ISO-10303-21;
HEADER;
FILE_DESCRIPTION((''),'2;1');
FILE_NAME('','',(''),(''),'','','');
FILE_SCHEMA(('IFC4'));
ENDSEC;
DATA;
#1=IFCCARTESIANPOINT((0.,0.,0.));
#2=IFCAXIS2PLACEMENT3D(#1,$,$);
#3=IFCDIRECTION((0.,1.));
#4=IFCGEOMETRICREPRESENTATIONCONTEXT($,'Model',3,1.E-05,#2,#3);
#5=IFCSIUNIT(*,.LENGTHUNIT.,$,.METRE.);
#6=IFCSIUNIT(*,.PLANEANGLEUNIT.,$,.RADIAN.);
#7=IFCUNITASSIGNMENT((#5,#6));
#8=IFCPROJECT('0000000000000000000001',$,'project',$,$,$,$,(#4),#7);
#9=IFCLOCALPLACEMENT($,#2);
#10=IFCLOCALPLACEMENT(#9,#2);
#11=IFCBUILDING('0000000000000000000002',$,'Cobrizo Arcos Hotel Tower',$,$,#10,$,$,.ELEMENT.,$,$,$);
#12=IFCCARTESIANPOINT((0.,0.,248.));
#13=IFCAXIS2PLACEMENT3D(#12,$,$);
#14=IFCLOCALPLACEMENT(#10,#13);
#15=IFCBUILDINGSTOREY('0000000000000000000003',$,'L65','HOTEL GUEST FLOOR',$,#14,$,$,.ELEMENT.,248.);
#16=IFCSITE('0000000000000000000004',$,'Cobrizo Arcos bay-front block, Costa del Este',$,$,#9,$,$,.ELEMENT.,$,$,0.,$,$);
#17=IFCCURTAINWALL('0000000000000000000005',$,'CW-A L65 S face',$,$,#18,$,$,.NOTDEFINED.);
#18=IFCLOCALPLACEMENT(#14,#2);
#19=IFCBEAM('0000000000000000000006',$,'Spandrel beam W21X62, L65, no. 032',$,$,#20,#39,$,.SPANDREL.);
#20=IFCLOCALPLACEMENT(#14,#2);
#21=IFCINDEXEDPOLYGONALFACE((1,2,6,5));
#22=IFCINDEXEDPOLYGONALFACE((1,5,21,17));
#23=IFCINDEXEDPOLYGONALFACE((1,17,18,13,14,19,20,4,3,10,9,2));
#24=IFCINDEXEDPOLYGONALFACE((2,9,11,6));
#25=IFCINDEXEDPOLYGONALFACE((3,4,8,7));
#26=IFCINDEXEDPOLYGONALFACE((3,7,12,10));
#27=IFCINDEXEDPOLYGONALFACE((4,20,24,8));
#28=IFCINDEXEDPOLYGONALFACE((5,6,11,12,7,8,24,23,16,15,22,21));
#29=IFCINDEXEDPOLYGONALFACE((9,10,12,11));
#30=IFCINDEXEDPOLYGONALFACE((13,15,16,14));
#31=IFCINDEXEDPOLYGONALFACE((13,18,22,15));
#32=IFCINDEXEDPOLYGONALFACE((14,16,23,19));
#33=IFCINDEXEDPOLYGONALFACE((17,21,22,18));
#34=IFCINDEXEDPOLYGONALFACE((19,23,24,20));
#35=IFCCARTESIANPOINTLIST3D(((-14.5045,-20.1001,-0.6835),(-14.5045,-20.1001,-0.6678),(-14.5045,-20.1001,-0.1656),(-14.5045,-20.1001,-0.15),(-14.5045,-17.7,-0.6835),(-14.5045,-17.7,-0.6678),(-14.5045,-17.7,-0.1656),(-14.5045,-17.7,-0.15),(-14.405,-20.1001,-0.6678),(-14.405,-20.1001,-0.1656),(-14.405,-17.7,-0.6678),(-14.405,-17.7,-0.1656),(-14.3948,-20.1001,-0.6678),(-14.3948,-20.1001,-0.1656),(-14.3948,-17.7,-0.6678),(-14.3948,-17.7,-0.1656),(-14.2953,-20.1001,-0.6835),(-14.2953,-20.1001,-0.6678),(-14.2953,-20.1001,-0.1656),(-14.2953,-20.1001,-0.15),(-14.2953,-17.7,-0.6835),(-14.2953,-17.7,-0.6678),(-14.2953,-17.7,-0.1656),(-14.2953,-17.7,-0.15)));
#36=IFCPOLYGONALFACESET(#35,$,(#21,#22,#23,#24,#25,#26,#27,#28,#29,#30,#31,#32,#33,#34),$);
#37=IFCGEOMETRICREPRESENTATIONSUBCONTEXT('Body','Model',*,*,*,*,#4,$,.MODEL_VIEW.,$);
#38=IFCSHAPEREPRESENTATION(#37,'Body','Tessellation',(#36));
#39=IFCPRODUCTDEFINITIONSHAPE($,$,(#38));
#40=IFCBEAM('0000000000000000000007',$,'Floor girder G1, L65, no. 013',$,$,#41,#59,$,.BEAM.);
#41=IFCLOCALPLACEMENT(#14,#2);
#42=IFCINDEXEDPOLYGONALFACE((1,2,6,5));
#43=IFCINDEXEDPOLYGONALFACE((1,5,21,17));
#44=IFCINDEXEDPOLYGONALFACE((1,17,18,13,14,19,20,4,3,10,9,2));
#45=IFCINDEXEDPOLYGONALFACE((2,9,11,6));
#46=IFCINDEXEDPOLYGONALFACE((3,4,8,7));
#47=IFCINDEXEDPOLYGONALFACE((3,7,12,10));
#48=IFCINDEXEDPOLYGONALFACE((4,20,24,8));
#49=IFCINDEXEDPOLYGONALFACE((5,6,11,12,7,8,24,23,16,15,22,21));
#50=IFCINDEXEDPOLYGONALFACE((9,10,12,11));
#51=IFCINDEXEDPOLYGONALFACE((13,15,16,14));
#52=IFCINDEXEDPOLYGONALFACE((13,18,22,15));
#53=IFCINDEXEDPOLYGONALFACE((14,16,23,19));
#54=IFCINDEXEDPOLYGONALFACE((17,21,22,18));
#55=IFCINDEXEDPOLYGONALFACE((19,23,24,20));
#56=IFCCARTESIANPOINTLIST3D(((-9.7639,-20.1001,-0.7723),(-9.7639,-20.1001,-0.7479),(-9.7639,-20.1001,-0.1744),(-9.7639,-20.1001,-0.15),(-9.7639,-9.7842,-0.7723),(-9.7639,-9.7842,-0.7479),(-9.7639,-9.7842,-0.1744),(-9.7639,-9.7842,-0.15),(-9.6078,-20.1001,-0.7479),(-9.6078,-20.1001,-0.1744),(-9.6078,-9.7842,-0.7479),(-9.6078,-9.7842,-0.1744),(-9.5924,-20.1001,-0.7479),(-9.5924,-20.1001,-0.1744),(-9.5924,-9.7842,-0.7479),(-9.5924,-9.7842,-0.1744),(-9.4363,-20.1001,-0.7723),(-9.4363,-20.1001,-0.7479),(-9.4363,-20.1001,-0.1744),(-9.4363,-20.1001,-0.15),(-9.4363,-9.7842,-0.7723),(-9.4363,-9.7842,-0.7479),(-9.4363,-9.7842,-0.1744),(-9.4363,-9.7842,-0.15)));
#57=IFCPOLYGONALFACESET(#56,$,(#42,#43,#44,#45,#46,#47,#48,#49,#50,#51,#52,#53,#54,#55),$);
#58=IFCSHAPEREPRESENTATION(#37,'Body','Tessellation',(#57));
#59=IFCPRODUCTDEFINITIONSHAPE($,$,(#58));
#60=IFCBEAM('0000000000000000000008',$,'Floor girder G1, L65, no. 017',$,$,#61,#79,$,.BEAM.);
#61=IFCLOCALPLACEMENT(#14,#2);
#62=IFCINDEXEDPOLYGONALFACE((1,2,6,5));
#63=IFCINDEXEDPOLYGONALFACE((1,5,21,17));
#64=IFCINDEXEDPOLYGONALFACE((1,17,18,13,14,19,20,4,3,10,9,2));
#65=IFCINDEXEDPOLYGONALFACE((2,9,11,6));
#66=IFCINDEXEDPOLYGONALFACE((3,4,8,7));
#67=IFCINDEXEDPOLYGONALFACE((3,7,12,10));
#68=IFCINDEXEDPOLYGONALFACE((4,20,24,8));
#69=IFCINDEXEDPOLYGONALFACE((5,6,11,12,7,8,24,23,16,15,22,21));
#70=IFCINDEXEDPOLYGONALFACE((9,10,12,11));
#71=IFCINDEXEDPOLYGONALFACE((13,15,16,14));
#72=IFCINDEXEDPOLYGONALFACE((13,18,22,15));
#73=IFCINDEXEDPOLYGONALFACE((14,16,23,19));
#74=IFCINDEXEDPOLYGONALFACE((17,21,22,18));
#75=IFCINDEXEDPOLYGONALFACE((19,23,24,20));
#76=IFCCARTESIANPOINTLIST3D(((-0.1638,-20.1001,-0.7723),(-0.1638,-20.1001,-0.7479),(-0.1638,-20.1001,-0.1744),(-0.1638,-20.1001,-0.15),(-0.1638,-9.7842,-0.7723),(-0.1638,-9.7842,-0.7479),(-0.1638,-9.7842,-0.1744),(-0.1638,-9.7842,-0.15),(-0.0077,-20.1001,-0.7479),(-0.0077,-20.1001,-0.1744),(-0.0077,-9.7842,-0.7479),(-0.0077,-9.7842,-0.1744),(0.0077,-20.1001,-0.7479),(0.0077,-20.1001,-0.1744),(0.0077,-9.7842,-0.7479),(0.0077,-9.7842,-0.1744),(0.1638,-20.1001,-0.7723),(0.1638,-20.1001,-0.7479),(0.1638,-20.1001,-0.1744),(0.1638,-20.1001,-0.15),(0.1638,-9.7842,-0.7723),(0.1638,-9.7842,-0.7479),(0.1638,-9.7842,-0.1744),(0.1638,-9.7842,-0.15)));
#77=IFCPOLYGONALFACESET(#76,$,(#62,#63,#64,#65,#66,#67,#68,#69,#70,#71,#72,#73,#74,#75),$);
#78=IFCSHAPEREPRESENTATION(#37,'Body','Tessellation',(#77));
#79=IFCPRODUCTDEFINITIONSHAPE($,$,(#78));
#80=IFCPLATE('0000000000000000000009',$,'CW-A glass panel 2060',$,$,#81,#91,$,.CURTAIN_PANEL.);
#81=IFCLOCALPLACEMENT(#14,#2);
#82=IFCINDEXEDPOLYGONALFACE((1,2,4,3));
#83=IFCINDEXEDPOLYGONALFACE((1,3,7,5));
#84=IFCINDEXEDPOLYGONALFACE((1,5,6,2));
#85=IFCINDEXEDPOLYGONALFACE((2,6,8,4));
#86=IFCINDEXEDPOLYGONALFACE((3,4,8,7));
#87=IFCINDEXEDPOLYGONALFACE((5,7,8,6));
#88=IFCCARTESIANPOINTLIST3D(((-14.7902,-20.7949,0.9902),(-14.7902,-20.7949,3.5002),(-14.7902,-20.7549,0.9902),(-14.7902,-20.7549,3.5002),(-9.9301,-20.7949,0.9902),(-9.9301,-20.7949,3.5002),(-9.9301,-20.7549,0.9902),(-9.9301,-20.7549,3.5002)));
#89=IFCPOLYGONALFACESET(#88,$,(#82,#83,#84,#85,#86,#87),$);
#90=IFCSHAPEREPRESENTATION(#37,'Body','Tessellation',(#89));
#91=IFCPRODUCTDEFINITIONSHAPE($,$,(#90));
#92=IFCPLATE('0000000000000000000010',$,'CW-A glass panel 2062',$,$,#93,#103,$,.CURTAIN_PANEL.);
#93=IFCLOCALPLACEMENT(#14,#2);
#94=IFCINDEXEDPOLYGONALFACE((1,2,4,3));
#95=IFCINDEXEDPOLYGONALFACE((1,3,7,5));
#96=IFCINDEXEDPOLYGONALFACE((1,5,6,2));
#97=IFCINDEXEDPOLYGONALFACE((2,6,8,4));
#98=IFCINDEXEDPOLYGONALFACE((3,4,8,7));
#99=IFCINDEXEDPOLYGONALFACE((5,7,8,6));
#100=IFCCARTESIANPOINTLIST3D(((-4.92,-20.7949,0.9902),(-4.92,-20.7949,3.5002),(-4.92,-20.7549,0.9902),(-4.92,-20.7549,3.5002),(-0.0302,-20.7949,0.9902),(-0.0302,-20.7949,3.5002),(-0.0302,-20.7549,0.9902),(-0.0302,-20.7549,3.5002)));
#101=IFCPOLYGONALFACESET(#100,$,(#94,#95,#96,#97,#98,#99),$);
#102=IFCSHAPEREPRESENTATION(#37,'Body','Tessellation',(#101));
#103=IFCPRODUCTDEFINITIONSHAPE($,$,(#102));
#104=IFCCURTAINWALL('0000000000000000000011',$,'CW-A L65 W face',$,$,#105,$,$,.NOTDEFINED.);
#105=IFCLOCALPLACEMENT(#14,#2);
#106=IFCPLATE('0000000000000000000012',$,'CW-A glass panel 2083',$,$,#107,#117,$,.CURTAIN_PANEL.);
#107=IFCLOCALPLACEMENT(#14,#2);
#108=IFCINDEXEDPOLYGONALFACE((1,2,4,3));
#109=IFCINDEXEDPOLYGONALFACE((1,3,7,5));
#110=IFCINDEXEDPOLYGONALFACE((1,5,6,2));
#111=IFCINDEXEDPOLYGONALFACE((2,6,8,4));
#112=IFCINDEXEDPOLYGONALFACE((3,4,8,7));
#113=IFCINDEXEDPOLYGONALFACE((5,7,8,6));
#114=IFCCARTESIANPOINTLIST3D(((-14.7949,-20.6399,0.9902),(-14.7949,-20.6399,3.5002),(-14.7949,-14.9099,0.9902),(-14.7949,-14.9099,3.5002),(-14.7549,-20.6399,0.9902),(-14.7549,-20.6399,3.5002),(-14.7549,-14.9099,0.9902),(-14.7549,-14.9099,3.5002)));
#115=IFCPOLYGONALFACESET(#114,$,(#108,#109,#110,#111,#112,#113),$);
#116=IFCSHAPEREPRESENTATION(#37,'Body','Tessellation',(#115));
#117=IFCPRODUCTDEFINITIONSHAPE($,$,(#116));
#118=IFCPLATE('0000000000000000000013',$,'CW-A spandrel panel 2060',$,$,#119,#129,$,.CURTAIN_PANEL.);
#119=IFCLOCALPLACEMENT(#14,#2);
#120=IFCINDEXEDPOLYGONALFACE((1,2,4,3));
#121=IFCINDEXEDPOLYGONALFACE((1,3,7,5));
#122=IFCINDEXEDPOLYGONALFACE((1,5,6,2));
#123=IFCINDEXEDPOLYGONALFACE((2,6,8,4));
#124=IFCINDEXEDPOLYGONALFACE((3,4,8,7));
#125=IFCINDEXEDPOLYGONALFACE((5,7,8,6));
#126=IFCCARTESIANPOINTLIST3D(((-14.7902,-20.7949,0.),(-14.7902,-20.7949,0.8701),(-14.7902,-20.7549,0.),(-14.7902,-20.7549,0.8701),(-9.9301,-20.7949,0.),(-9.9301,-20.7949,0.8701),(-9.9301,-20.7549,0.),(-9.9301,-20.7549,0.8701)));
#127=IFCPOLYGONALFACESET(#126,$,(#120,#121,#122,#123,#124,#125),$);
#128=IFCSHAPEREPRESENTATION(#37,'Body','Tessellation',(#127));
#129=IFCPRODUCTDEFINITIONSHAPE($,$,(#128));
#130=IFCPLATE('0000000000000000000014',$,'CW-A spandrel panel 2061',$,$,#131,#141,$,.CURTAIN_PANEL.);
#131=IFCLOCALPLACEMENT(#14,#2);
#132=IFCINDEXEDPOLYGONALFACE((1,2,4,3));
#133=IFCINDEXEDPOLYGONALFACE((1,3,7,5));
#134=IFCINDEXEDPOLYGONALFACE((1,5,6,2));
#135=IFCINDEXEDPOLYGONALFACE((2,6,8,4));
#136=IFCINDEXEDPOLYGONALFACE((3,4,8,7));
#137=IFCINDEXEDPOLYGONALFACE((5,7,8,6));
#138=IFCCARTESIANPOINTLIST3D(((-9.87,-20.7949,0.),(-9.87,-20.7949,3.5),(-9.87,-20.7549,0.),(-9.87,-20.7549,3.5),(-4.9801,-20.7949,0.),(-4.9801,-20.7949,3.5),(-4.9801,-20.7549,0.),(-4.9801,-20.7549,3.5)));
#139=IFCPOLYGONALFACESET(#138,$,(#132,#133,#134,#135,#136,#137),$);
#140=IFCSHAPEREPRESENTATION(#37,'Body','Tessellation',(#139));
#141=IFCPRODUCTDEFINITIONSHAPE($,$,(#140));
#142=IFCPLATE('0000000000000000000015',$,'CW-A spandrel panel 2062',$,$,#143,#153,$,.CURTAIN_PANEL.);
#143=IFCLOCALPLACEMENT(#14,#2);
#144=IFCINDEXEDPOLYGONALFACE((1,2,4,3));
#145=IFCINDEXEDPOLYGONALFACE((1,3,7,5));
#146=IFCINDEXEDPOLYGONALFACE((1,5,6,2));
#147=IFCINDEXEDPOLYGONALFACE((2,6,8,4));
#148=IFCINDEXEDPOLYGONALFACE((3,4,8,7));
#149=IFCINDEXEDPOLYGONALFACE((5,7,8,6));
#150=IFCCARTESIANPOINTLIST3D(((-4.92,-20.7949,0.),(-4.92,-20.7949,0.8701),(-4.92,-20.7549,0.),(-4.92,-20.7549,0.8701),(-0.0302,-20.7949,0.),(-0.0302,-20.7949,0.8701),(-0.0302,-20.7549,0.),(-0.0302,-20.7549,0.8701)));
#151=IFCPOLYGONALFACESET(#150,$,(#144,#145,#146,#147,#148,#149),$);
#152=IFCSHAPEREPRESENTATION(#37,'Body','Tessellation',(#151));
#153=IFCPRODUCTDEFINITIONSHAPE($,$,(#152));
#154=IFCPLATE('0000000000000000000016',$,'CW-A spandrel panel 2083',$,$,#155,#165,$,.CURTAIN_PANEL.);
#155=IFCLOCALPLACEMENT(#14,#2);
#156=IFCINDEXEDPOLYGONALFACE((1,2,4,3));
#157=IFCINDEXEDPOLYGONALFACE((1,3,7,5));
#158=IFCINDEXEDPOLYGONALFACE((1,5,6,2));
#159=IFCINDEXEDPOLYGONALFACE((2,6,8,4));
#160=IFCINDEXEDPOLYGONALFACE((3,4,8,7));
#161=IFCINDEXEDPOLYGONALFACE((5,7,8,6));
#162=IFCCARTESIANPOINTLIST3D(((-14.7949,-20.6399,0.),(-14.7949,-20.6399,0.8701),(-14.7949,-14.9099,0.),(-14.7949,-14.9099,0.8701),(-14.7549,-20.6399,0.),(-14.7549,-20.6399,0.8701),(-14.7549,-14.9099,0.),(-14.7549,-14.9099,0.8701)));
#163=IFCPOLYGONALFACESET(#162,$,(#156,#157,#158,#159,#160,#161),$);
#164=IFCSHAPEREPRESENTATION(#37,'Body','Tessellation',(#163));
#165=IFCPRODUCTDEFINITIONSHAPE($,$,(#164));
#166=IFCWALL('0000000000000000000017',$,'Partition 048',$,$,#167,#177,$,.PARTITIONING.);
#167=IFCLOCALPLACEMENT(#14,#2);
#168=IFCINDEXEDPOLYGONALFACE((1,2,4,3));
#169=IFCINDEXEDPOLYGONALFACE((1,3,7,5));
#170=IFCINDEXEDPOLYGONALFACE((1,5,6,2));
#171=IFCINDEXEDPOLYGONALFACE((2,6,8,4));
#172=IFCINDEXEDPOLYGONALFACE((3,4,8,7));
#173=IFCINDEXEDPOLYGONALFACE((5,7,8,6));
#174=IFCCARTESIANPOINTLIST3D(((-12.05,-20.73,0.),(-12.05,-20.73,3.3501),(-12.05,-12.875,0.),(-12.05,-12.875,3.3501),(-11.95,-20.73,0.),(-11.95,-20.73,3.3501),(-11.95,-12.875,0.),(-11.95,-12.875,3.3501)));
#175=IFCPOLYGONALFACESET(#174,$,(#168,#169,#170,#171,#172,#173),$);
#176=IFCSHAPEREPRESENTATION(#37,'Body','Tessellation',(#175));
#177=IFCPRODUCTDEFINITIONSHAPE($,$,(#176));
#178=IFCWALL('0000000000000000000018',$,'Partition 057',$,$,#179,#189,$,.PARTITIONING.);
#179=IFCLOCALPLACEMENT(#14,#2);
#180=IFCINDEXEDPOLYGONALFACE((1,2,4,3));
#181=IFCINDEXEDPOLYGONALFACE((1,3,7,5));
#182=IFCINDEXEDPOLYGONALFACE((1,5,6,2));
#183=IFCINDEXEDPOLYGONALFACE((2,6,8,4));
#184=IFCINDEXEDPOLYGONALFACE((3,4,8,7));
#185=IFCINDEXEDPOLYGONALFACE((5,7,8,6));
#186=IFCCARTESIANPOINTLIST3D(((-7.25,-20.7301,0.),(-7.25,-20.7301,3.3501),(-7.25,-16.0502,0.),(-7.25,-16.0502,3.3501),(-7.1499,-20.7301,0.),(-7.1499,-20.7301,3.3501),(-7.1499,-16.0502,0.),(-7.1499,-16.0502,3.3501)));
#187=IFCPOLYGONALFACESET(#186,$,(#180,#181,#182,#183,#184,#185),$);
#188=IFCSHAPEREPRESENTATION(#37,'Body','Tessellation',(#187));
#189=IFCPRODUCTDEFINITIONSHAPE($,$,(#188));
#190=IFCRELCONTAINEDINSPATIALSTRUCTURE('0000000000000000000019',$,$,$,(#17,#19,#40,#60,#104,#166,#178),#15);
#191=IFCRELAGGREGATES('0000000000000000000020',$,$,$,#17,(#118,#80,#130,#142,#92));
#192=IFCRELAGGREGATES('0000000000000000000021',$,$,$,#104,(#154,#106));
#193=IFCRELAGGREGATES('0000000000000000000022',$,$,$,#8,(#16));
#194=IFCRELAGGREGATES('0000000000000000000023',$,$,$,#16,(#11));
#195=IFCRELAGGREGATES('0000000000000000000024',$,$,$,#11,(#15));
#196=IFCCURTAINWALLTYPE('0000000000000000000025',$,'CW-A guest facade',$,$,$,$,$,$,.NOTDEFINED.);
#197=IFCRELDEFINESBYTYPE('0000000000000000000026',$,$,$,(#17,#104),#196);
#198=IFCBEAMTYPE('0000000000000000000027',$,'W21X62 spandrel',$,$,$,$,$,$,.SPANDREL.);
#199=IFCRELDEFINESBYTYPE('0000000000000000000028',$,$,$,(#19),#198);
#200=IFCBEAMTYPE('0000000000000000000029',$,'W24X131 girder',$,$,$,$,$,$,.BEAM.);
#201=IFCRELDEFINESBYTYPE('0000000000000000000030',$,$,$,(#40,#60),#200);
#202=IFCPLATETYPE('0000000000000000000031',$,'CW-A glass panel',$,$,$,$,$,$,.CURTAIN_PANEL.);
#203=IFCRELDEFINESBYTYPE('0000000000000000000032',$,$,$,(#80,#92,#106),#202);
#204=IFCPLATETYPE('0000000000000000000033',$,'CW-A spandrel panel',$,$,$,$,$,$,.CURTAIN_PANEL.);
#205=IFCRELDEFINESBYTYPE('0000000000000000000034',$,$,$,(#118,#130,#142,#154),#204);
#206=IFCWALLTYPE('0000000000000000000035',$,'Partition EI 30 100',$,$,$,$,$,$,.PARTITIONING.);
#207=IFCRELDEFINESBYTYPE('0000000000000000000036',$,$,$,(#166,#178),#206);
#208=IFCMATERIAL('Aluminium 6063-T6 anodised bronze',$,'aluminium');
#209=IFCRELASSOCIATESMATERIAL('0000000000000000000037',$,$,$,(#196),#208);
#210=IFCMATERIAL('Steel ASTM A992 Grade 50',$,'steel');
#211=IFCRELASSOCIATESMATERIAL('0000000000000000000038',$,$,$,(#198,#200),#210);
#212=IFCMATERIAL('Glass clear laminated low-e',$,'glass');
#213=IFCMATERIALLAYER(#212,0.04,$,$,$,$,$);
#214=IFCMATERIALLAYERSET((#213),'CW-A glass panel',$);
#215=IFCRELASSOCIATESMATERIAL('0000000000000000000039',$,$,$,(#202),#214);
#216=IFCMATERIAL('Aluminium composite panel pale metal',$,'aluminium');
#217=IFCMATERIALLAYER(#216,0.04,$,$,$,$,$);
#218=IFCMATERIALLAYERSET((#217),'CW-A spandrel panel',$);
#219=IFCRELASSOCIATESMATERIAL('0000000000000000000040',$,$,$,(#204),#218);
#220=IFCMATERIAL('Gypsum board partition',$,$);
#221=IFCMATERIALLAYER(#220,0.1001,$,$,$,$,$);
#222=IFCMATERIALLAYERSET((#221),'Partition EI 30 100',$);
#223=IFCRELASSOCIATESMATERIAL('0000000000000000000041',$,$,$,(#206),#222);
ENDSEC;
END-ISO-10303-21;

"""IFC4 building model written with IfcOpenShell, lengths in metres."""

from ifc_helpers import new_model, si_unit, direction, frame, frame_2d, origin, origin_2d, place, context, subcontext, project, spatial, rectangle, i_section, extrude, material, layer, layer_set, material_profile, profile_set, type_object, element, aggregate, save


model = new_model("IFC4")

# Units and contexts
model_context = context("Model", 3, precision=1e-05, world=origin(), true_north=direction((0.0, 1.0)))
body_context = subcontext(model_context, "Body", "Model", "MODEL_VIEW")
ifc_project = project(units=[si_unit("LENGTHUNIT", "METRE"), si_unit("PLANEANGLEUNIT", "RADIAN")], contexts=[model_context])

# Site, building, storey
site_placement = place(None, origin())
site = spatial("IfcSite", under=ifc_project, at=site_placement, Name="Cobrizo Arcos bay-front block, Costa del Este", CompositionType="ELEMENT", RefElevation=0.0)
building_placement = place(site_placement, origin())
building = spatial("IfcBuilding", under=site, at=building_placement, Name="Cobrizo Arcos Hotel Tower", CompositionType="ELEMENT")
storey_placement = place(building_placement, frame((0.0, 0.0, 248.0)))
storey = spatial("IfcBuildingStorey", under=building, at=storey_placement, Name="L65", Description="HOTEL GUEST FLOOR", CompositionType="ELEMENT", Elevation=248.0)

# Curtain wall
ifc_material_1 = material(Name="Aluminium 6063-T6 anodised bronze", Category="aluminium")
curtain_wall_type = type_object("IfcCurtainWallType", Name="CW-A guest facade", PredefinedType="NOTDEFINED", material=ifc_material_1)
curtain_wall_1_placement = place(storey_placement, origin())
curtain_wall_1 = element("IfcCurtainWall", 1, at=curtain_wall_1_placement, inside=storey, type_object=curtain_wall_type, Name="CW-A L65 S face", PredefinedType="NOTDEFINED")

# Beams
ifc_material_2 = material(Name="Steel ASTM A992 Grade 50", Category="steel")
ifc_material_profile_1 = material_profile(ifc_material_2, i_section(OverallWidth=0.2092, OverallDepth=0.5334, WebThickness=0.0103, FlangeThickness=0.0156, at=origin_2d()), Name="W21X62")
ifc_profile_set_1 = profile_set([ifc_material_profile_1], Name="Steel ASTM A992 Grade 50")
beam_type_1 = type_object("IfcBeamType", Name="W21X62 spandrel", PredefinedType="SPANDREL", material=ifc_profile_set_1)
beam_1_placement = place(storey_placement, frame((-14.3999, -17.7, -0.4167), z_axis=(0.0, -1.0, 0.0), x_axis=(1.0, 0.0, 0.0)))
element("IfcBeam", 2, at=beam_1_placement, inside=storey, type_object=beam_type_1, Name="Spandrel beam W21X62, L65, no. 032", PredefinedType="SPANDREL", context=body_context, shape_type="SweptSolid", body=[
    extrude(i_section(OverallWidth=0.2092, OverallDepth=0.5334, WebThickness=0.0103, FlangeThickness=0.0156, at=origin_2d()), origin(), (0.0, 0.0, 1.0), 2.4001),
])
ifc_material_profile_2 = material_profile(ifc_material_2, i_section(OverallWidth=0.3276, OverallDepth=0.6223, WebThickness=0.0154, FlangeThickness=0.0244, at=origin_2d()), Name="W24X131")
ifc_profile_set_2 = profile_set([ifc_material_profile_2], Name="Steel ASTM A992 Grade 50")
beam_type_2 = type_object("IfcBeamType", Name="W24X131 girder", PredefinedType="BEAM", material=ifc_profile_set_2)
for number, where, z_axis, x_axis, name in (
    (3, (-9.6001, -20.1001, -0.4612), (0.0, 1.0, 0.0), (-1.0, 0.0, 0.0), "Floor girder G1, L65, no. 013"),
    (4, (0.0, -20.1001, -0.4612), (0.0, 1.0, 0.0), (-1.0, 0.0, 0.0), "Floor girder G1, L65, no. 017"),
):
    element("IfcBeam", number, at=place(storey_placement, frame(where, z_axis=z_axis, x_axis=x_axis)), inside=storey, type_object=beam_type_2, Name=name, PredefinedType="BEAM", context=body_context, shape_type="SweptSolid", body=[
        extrude(i_section(OverallWidth=0.3276, OverallDepth=0.6223, WebThickness=0.0154, FlangeThickness=0.0244, at=origin_2d()), origin(), (0.0, 0.0, 1.0), 10.3159),
    ])

# Plates
ifc_material_3 = material(Name="Glass clear laminated low-e", Category="glass")
ifc_layer_1 = layer(ifc_material_3, 0.04)
ifc_layer_set_1 = layer_set([ifc_layer_1], Name="CW-A glass panel")
plate_type_1 = type_object("IfcPlateType", Name="CW-A glass panel", PredefinedType="CURTAIN_PANEL", material=ifc_layer_set_1)
plate_1_placement = place(storey_placement, frame((-12.3601, -20.7749, 0.9902), z_axis=(0.0, 0.0, 1.0), x_axis=(1.0, 0.0, 0.0)))
plate_1 = element("IfcPlate", 5, at=plate_1_placement, type_object=plate_type_1, Name="CW-A glass panel 2060", PredefinedType="CURTAIN_PANEL", context=body_context, shape_type="SweptSolid", body=[
    extrude(rectangle(XDim=4.8601, YDim=0.04, at=origin_2d()), origin(), (0.0, 0.0, 1.0), 2.51),
])
plate_2_placement = place(storey_placement, frame((-2.4751, -20.7749, 0.9902), z_axis=(0.0, 0.0, 1.0), x_axis=(1.0, 0.0, 0.0)))
plate_2 = element("IfcPlate", 6, at=plate_2_placement, type_object=plate_type_1, Name="CW-A glass panel 2062", PredefinedType="CURTAIN_PANEL", context=body_context, shape_type="SweptSolid", body=[
    extrude(rectangle(XDim=4.8899, YDim=0.04, at=origin_2d()), origin(), (0.0, 0.0, 1.0), 2.51),
])

# Curtain wall, plate
curtain_wall_2_placement = place(storey_placement, origin())
curtain_wall_2 = element("IfcCurtainWall", 7, at=curtain_wall_2_placement, inside=storey, type_object=curtain_wall_type, Name="CW-A L65 W face", PredefinedType="NOTDEFINED")
plate_3_placement = place(storey_placement, frame((-14.7749, -17.7749, 0.9902), z_axis=(0.0, 0.0, 1.0), x_axis=(0.0, -1.0, 0.0)))
plate_3 = element("IfcPlate", 8, at=plate_3_placement, type_object=plate_type_1, Name="CW-A glass panel 2083", PredefinedType="CURTAIN_PANEL", context=body_context, shape_type="SweptSolid", body=[
    extrude(rectangle(XDim=5.73, YDim=0.04, at=origin_2d()), origin(), (0.0, 0.0, 1.0), 2.51),
])

# Plates
ifc_material_4 = material(Name="Aluminium composite panel pale metal", Category="aluminium")
ifc_layer_2 = layer(ifc_material_4, 0.04)
ifc_layer_set_2 = layer_set([ifc_layer_2], Name="CW-A spandrel panel")
plate_type_2 = type_object("IfcPlateType", Name="CW-A spandrel panel", PredefinedType="CURTAIN_PANEL", material=ifc_layer_set_2)
plate_4_placement = place(storey_placement, frame((-12.3601, -20.7749, 0.0), z_axis=(0.0, 0.0, 1.0), x_axis=(1.0, 0.0, 0.0)))
plate_4 = element("IfcPlate", 9, at=plate_4_placement, type_object=plate_type_2, Name="CW-A spandrel panel 2060", PredefinedType="CURTAIN_PANEL", context=body_context, shape_type="SweptSolid", body=[
    extrude(rectangle(XDim=4.8601, YDim=0.04, at=origin_2d()), origin(), (0.0, 0.0, 1.0), 0.8701),
])
plate_5_placement = place(storey_placement, frame((-7.425, -20.7749, 0.0), z_axis=(0.0, 0.0, 1.0), x_axis=(1.0, 0.0, 0.0)))
plate_5 = element("IfcPlate", 10, at=plate_5_placement, type_object=plate_type_2, Name="CW-A spandrel panel 2061", PredefinedType="CURTAIN_PANEL", context=body_context, shape_type="SweptSolid", body=[
    extrude(rectangle(XDim=4.8899, YDim=0.04, at=origin_2d()), origin(), (0.0, 0.0, 1.0), 3.5),
])
plate_6_placement = place(storey_placement, frame((-2.4751, -20.7749, 0.0), z_axis=(0.0, 0.0, 1.0), x_axis=(1.0, 0.0, 0.0)))
plate_6 = element("IfcPlate", 11, at=plate_6_placement, type_object=plate_type_2, Name="CW-A spandrel panel 2062", PredefinedType="CURTAIN_PANEL", context=body_context, shape_type="SweptSolid", body=[
    extrude(rectangle(XDim=4.8899, YDim=0.04, at=origin_2d()), origin(), (0.0, 0.0, 1.0), 0.8701),
])
aggregate(curtain_wall_1, [plate_4, plate_1, plate_5, plate_6, plate_2])
plate_7_placement = place(storey_placement, frame((-14.7749, -17.7749, 0.0), z_axis=(0.0, 0.0, 1.0), x_axis=(0.0, -1.0, 0.0)))
plate_7 = element("IfcPlate", 12, at=plate_7_placement, type_object=plate_type_2, Name="CW-A spandrel panel 2083", PredefinedType="CURTAIN_PANEL", context=body_context, shape_type="SweptSolid", body=[
    extrude(rectangle(XDim=5.73, YDim=0.04, at=origin_2d()), origin(), (0.0, 0.0, 1.0), 0.8701),
])
aggregate(curtain_wall_2, [plate_7, plate_3])

# Walls
ifc_material_5 = material(Name="Gypsum board partition")
ifc_layer_3 = layer(ifc_material_5, 0.1001)
ifc_layer_set_3 = layer_set([ifc_layer_3], Name="Partition EI 30 100")
wall_type = type_object("IfcWallType", Name="Partition EI 30 100", PredefinedType="PARTITIONING", material=ifc_layer_set_3)
wall_1_placement = place(storey_placement, frame((-12.0, -20.73, 0.0), z_axis=(0.0, 0.0, 1.0), x_axis=(0.0, 1.0, 0.0)))
element("IfcWall", 13, at=wall_1_placement, inside=storey, type_object=wall_type, Name="Partition 048", PredefinedType="PARTITIONING", context=body_context, shape_type="SweptSolid", body=[
    extrude(rectangle(XDim=7.855, YDim=0.1001, at=frame_2d((3.9275, 0.0))), origin(), (0.0, 0.0, 1.0), 3.3501),
])
wall_2_placement = place(storey_placement, frame((-7.2, -20.73, 0.0), z_axis=(0.0, 0.0, 1.0), x_axis=(0.0, 1.0, 0.0)))
element("IfcWall", 14, at=wall_2_placement, inside=storey, type_object=wall_type, Name="Partition 057", PredefinedType="PARTITIONING", context=body_context, shape_type="SweptSolid", body=[
    extrude(rectangle(XDim=4.6799, YDim=0.1001, at=frame_2d((2.3398, 0.0))), origin(), (0.0, 0.0, 1.0), 3.3501),
])

save(model, "model.ifc")
